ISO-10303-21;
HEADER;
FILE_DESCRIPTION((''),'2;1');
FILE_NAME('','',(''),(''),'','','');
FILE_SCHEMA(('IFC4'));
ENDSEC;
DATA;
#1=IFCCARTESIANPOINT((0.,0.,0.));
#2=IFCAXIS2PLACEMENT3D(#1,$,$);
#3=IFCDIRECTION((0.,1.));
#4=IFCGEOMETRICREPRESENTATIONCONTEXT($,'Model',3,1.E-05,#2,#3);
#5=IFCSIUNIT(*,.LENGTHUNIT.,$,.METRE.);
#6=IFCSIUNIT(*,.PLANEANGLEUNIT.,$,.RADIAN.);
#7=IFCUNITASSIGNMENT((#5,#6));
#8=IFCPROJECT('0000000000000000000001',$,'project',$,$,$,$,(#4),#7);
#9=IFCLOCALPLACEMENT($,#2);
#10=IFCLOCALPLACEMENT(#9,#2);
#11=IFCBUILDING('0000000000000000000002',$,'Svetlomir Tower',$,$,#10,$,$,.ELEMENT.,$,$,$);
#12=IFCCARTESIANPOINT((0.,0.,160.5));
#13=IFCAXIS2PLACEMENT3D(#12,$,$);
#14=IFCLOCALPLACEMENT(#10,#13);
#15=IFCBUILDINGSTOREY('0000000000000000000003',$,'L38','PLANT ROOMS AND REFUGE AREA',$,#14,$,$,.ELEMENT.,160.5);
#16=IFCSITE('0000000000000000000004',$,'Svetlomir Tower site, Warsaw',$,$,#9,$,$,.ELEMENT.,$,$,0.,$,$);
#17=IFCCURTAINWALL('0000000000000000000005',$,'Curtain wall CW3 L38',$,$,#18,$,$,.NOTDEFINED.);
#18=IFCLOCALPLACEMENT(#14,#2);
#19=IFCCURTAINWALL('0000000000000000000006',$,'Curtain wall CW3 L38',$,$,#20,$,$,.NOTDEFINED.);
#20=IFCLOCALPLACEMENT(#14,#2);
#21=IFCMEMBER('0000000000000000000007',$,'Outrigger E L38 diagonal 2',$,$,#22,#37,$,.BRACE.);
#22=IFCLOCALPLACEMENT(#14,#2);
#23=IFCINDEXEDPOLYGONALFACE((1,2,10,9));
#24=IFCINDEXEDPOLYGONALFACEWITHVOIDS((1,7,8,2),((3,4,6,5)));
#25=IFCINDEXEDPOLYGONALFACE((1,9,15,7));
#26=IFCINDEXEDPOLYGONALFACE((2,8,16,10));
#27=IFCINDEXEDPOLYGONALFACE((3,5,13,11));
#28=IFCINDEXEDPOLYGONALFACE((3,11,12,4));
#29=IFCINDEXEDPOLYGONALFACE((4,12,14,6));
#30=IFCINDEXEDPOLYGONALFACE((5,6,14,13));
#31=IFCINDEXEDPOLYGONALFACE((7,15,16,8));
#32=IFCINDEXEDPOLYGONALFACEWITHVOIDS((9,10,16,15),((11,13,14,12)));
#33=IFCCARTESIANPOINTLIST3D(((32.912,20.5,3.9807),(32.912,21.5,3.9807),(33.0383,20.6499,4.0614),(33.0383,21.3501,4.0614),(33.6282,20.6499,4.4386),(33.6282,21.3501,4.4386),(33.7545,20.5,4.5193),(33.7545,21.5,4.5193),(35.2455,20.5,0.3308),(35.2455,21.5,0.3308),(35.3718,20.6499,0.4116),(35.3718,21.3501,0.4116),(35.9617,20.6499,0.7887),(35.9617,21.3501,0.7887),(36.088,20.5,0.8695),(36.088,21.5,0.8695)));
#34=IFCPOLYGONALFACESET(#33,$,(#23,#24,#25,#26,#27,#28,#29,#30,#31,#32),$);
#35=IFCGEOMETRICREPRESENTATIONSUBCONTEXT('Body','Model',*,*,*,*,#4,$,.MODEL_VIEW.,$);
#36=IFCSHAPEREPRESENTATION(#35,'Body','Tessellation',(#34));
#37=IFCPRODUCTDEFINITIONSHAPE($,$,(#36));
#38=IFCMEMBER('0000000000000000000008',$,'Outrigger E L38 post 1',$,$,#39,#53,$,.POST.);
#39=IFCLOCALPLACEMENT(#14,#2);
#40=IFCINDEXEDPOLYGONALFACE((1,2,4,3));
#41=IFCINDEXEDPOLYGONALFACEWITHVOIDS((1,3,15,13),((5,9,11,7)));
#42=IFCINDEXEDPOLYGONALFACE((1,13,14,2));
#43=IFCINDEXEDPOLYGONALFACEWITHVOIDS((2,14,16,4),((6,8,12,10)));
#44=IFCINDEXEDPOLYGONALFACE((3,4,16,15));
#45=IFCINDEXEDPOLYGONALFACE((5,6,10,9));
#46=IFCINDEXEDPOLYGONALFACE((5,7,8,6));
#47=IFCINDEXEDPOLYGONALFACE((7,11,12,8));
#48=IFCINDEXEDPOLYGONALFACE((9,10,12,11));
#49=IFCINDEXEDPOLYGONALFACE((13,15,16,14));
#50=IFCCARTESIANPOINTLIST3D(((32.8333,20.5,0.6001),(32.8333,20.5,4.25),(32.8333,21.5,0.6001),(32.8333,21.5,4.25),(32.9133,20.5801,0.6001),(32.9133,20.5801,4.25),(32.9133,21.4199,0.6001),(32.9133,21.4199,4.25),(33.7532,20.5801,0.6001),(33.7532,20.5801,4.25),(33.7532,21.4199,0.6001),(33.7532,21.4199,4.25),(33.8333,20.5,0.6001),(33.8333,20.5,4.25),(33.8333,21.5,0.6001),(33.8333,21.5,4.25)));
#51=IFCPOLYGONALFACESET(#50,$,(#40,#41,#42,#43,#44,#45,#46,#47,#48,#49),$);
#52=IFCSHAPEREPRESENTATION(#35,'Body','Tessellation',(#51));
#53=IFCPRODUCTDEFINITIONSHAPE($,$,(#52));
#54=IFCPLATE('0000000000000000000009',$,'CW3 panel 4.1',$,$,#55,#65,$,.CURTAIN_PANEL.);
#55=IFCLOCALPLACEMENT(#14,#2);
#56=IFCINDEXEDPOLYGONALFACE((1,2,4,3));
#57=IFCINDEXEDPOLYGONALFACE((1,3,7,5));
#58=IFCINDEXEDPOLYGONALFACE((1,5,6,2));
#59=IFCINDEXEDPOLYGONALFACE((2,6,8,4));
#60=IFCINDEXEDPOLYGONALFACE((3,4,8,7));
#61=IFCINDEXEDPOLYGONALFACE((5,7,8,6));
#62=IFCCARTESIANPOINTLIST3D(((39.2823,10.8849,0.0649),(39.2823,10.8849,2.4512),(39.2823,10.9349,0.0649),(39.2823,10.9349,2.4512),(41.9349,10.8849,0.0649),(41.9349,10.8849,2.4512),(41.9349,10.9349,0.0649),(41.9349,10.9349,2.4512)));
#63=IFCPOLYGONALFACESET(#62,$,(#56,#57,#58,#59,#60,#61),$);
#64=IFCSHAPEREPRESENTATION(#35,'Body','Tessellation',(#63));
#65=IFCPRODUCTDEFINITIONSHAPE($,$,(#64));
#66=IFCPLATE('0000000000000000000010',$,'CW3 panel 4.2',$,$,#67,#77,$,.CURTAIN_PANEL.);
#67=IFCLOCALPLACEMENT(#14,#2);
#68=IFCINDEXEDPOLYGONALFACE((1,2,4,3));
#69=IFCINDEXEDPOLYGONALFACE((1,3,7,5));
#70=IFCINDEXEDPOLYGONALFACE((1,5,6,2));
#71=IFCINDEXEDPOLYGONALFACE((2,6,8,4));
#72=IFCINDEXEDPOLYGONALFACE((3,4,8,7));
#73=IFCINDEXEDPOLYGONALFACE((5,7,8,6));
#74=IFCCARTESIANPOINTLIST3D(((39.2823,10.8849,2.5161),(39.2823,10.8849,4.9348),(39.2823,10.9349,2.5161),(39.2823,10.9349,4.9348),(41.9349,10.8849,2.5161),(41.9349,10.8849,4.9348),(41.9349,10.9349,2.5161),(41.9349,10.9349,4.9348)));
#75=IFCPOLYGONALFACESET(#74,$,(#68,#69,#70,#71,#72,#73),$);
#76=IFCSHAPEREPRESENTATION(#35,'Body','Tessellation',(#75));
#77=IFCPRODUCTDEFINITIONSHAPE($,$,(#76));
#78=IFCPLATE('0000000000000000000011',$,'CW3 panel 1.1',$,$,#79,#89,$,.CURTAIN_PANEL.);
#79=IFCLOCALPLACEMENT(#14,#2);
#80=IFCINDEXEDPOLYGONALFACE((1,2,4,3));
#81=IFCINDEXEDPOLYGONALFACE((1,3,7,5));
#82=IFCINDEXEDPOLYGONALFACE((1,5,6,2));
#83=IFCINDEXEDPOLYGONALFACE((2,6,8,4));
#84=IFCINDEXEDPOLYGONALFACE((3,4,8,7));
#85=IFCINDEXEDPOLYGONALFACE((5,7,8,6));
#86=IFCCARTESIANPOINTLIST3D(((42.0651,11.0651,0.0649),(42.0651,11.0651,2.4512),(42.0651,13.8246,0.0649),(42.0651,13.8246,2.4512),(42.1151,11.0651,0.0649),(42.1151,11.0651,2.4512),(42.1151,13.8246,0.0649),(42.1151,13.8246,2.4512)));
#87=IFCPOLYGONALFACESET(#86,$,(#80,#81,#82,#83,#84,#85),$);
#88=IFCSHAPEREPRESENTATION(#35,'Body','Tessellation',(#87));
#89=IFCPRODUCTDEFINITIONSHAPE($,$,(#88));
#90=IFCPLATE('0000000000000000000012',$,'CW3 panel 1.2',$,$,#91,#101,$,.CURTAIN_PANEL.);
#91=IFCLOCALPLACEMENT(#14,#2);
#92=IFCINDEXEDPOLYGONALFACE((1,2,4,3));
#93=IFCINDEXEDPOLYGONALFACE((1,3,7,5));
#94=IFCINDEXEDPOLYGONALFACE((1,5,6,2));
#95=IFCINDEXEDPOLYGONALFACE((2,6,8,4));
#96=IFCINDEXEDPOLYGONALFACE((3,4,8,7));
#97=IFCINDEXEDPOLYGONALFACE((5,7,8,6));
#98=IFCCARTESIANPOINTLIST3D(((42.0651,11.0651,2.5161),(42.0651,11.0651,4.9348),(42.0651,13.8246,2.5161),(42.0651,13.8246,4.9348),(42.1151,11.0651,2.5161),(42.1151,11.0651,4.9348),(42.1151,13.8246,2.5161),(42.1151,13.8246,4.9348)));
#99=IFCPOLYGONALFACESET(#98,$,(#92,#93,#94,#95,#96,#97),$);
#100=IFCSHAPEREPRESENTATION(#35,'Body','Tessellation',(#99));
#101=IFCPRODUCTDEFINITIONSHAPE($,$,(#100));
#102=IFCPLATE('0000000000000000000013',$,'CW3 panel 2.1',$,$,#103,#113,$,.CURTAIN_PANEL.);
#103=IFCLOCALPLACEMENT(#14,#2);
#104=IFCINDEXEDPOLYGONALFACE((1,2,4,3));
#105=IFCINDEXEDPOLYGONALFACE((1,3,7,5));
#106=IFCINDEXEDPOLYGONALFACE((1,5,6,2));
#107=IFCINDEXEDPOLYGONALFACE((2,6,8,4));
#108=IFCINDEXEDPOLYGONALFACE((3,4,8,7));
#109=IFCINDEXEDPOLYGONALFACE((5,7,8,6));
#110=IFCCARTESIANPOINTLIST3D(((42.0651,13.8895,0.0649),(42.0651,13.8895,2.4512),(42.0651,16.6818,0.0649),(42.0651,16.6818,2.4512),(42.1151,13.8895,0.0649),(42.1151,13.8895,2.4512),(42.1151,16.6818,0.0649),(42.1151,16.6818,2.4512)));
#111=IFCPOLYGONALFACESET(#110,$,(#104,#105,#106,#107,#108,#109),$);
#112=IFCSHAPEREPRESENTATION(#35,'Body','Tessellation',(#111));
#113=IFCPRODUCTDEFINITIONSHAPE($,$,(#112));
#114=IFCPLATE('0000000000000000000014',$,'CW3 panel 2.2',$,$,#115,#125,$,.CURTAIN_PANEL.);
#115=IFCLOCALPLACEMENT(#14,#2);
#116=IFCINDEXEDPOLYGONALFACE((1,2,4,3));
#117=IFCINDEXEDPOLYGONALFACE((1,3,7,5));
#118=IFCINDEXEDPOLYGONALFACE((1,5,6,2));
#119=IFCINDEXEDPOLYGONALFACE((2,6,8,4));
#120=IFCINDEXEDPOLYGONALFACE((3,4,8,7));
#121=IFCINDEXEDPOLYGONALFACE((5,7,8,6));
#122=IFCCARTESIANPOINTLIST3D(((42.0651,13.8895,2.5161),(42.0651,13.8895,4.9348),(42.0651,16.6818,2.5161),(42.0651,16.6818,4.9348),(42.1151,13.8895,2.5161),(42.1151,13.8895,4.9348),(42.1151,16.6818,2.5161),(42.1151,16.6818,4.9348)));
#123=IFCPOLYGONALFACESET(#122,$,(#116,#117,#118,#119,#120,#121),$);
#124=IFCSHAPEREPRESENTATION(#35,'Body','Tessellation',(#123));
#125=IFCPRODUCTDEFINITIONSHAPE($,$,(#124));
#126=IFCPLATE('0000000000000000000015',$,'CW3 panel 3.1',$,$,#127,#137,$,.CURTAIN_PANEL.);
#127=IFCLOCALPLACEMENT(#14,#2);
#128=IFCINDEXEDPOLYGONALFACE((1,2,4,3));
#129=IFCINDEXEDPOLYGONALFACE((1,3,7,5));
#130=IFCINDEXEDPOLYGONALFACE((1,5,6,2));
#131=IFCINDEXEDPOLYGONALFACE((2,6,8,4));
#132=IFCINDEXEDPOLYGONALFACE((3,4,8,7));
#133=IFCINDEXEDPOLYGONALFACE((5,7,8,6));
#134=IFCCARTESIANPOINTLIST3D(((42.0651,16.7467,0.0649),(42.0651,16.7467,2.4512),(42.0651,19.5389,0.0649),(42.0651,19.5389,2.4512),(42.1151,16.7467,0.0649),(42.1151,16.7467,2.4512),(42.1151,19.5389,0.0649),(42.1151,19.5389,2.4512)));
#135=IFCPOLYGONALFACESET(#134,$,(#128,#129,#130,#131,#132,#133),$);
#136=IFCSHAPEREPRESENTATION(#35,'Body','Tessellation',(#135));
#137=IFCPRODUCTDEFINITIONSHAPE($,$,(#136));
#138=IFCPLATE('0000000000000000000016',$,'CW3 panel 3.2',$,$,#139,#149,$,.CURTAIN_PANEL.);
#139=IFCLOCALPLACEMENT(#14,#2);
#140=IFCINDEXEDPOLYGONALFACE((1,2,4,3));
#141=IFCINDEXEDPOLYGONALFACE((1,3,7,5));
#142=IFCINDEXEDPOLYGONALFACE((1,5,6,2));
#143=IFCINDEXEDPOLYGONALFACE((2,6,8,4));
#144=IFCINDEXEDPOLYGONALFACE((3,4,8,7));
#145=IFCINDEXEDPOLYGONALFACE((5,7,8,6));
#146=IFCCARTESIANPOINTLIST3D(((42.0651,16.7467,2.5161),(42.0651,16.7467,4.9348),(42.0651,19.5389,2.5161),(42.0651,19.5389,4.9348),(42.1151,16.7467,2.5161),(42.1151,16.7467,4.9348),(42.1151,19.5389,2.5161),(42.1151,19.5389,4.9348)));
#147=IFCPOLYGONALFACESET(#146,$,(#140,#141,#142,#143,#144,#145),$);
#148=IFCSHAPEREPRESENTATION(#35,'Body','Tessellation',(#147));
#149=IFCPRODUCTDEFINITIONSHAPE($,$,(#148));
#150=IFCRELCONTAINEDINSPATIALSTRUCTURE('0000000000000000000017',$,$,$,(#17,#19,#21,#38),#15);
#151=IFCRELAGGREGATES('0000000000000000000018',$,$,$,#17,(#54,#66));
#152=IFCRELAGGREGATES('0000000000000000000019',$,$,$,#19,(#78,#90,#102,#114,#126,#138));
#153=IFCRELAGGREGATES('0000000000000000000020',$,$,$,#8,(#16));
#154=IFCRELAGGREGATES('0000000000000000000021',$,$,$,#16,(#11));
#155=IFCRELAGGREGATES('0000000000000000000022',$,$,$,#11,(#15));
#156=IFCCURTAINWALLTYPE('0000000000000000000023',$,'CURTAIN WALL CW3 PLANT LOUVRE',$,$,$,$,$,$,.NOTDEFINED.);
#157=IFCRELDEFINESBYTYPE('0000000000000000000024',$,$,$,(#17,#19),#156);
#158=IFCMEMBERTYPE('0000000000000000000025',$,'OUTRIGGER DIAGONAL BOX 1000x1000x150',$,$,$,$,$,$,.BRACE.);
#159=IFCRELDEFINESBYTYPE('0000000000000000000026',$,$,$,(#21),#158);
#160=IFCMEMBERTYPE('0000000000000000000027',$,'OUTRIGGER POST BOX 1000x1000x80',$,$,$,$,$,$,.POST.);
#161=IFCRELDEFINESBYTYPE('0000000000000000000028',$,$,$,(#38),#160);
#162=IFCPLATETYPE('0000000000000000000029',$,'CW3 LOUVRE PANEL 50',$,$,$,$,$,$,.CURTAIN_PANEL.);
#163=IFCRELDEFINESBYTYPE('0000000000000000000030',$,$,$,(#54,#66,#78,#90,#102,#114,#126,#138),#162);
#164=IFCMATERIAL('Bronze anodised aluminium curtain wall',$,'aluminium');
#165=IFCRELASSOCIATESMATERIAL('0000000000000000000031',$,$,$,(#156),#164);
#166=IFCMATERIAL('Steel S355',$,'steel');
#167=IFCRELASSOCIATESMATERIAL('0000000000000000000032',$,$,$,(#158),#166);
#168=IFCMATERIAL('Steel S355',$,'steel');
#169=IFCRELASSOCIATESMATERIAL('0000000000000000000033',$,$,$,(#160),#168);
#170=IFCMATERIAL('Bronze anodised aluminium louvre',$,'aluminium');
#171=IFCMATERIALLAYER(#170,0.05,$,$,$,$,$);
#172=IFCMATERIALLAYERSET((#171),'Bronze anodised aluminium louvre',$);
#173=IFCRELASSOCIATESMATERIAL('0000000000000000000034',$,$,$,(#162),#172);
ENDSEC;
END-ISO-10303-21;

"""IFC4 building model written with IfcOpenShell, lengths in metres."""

from ifc_helpers import new_model, si_unit, direction, frame, origin, origin_2d, place, context, subcontext, project, spatial, rectangle, hollow_rectangle, extrude, material, layer, layer_set, material_profile, profile_set, type_object, element, aggregate, save


model = new_model("IFC4")

# Units and contexts
model_context = context("Model", 3, precision=1e-05, world=origin(), true_north=direction((0.0, 1.0)))
body_context = subcontext(model_context, "Body", "Model", "MODEL_VIEW")
ifc_project = project(units=[si_unit("LENGTHUNIT", "METRE"), si_unit("PLANEANGLEUNIT", "RADIAN")], contexts=[model_context])

# Site, building, storey
site_placement = place(None, origin())
site = spatial("IfcSite", under=ifc_project, at=site_placement, Name="Svetlomir Tower site, Warsaw", CompositionType="ELEMENT", RefElevation=0.0)
building_placement = place(site_placement, origin())
building = spatial("IfcBuilding", under=site, at=building_placement, Name="Svetlomir Tower", CompositionType="ELEMENT")
storey_placement = place(building_placement, frame((0.0, 0.0, 160.5)))
storey = spatial("IfcBuildingStorey", under=building, at=storey_placement, Name="L38", Description="PLANT ROOMS AND REFUGE AREA", CompositionType="ELEMENT", Elevation=160.5)

# Curtain wall
ifc_material_1 = material(Name="Bronze anodised aluminium curtain wall", Category="aluminium")
curtain_wall_type = type_object("IfcCurtainWallType", Name="CURTAIN WALL CW3 PLANT LOUVRE", PredefinedType="NOTDEFINED", material=ifc_material_1)
curtain_wall_1_placement = place(storey_placement, origin())
curtain_wall_1 = element("IfcCurtainWall", 1, at=curtain_wall_1_placement, inside=storey, type_object=curtain_wall_type, Name="Curtain wall CW3 L38", PredefinedType="NOTDEFINED")

# Curtain wall
curtain_wall_2_placement = place(storey_placement, origin())
curtain_wall_2 = element("IfcCurtainWall", 2, at=curtain_wall_2_placement, inside=storey, type_object=curtain_wall_type, Name="Curtain wall CW3 L38", PredefinedType="NOTDEFINED")

# Members
ifc_material_2 = material(Name="Steel S355", Category="steel")
ifc_material_profile_1 = material_profile(ifc_material_2, hollow_rectangle(XDim=1.0, YDim=1.0, WallThickness=0.1499, at=origin_2d()), Name="BOX 1000x1000x150")
ifc_profile_set_1 = profile_set([ifc_material_profile_1], Name="Steel S355")
member_type_1 = type_object("IfcMemberType", Name="OUTRIGGER DIAGONAL BOX 1000x1000x150", PredefinedType="BRACE", material=ifc_profile_set_1)
member_1_placement = place(storey_placement, frame((33.3333, 21.0, 4.25), z_axis=(0.538654, 0.0, -0.842527), x_axis=(0.0, 1.0, 0.0)))
element("IfcMember", 3, at=member_1_placement, inside=storey, type_object=member_type_1, Name="Outrigger E L38 diagonal 2", PredefinedType="BRACE", context=body_context, shape_type="SweptSolid", body=[
    extrude(hollow_rectangle(XDim=1.0, YDim=1.0, WallThickness=0.1499, at=origin_2d()), origin(), (0.0, 0.0, 1.0), 4.332),
])
ifc_material_3 = material(Name="Steel S355", Category="steel")
ifc_material_profile_2 = material_profile(ifc_material_3, hollow_rectangle(XDim=1.0, YDim=1.0, WallThickness=0.0801, at=origin_2d()), Name="BOX 1000x1000x80")
ifc_profile_set_2 = profile_set([ifc_material_profile_2], Name="Steel S355")
member_type_2 = type_object("IfcMemberType", Name="OUTRIGGER POST BOX 1000x1000x80", PredefinedType="POST", material=ifc_profile_set_2)
member_2_placement = place(storey_placement, frame((33.3333, 21.0, 0.6001), z_axis=(0.0, 0.0, 1.0), x_axis=(1.0, 0.0, 0.0)))
element("IfcMember", 4, at=member_2_placement, inside=storey, type_object=member_type_2, Name="Outrigger E L38 post 1", PredefinedType="POST", context=body_context, shape_type="SweptSolid", body=[
    extrude(hollow_rectangle(XDim=1.0, YDim=1.0, WallThickness=0.0801, at=origin_2d()), origin(), (0.0, 0.0, 1.0), 3.6499),
])

# Plates
ifc_material_4 = material(Name="Bronze anodised aluminium louvre", Category="aluminium")
ifc_layer = layer(ifc_material_4, 0.05)
ifc_layer_set = layer_set([ifc_layer], Name="Bronze anodised aluminium louvre")
plate_type = type_object("IfcPlateType", Name="CW3 LOUVRE PANEL 50", PredefinedType="CURTAIN_PANEL", material=ifc_layer_set)
plate_1_placement = place(storey_placement, frame((40.6086, 10.9099, 0.0649), z_axis=(0.0, 0.0, 1.0), x_axis=(1.0, 0.0, 0.0)))
plate_1 = element("IfcPlate", 5, at=plate_1_placement, type_object=plate_type, Name="CW3 panel 4.1", PredefinedType="CURTAIN_PANEL", context=body_context, shape_type="SweptSolid", body=[
    extrude(rectangle(XDim=2.6526, YDim=0.05, at=origin_2d()), origin(), (0.0, 0.0, 1.0), 2.3862),
])
plate_2_placement = place(storey_placement, frame((40.6086, 10.9099, 2.5161), z_axis=(0.0, 0.0, 1.0), x_axis=(1.0, 0.0, 0.0)))
plate_2 = element("IfcPlate", 6, at=plate_2_placement, type_object=plate_type, Name="CW3 panel 4.2", PredefinedType="CURTAIN_PANEL", context=body_context, shape_type="SweptSolid", body=[
    extrude(rectangle(XDim=2.6526, YDim=0.05, at=origin_2d()), origin(), (0.0, 0.0, 1.0), 2.4187),
])
aggregate(curtain_wall_1, [plate_1, plate_2])
plate_3_placement = place(storey_placement, frame((42.0901, 12.4448, 0.0649), z_axis=(0.0, 0.0, 1.0), x_axis=(0.0, 1.0, 0.0)))
plate_3 = element("IfcPlate", 7, at=plate_3_placement, type_object=plate_type, Name="CW3 panel 1.1", PredefinedType="CURTAIN_PANEL", context=body_context, shape_type="SweptSolid", body=[
    extrude(rectangle(XDim=2.7595, YDim=0.05, at=origin_2d()), origin(), (0.0, 0.0, 1.0), 2.3862),
])
plate_4_placement = place(storey_placement, frame((42.0901, 12.4448, 2.5161), z_axis=(0.0, 0.0, 1.0), x_axis=(0.0, 1.0, 0.0)))
plate_4 = element("IfcPlate", 8, at=plate_4_placement, type_object=plate_type, Name="CW3 panel 1.2", PredefinedType="CURTAIN_PANEL", context=body_context, shape_type="SweptSolid", body=[
    extrude(rectangle(XDim=2.7595, YDim=0.05, at=origin_2d()), origin(), (0.0, 0.0, 1.0), 2.4187),
])
plate_5_placement = place(storey_placement, frame((42.0901, 15.2856, 0.0649), z_axis=(0.0, 0.0, 1.0), x_axis=(0.0, 1.0, 0.0)))
plate_5 = element("IfcPlate", 9, at=plate_5_placement, type_object=plate_type, Name="CW3 panel 2.1", PredefinedType="CURTAIN_PANEL", context=body_context, shape_type="SweptSolid", body=[
    extrude(rectangle(XDim=2.7922, YDim=0.05, at=origin_2d()), origin(), (0.0, 0.0, 1.0), 2.3862),
])
plate_6_placement = place(storey_placement, frame((42.0901, 15.2856, 2.5161), z_axis=(0.0, 0.0, 1.0), x_axis=(0.0, 1.0, 0.0)))
plate_6 = element("IfcPlate", 10, at=plate_6_placement, type_object=plate_type, Name="CW3 panel 2.2", PredefinedType="CURTAIN_PANEL", context=body_context, shape_type="SweptSolid", body=[
    extrude(rectangle(XDim=2.7922, YDim=0.05, at=origin_2d()), origin(), (0.0, 0.0, 1.0), 2.4187),
])
plate_7_placement = place(storey_placement, frame((42.0901, 18.1428, 0.0649), z_axis=(0.0, 0.0, 1.0), x_axis=(0.0, 1.0, 0.0)))
plate_7 = element("IfcPlate", 11, at=plate_7_placement, type_object=plate_type, Name="CW3 panel 3.1", PredefinedType="CURTAIN_PANEL", context=body_context, shape_type="SweptSolid", body=[
    extrude(rectangle(XDim=2.7922, YDim=0.05, at=origin_2d()), origin(), (0.0, 0.0, 1.0), 2.3862),
])
plate_8_placement = place(storey_placement, frame((42.0901, 18.1428, 2.5161), z_axis=(0.0, 0.0, 1.0), x_axis=(0.0, 1.0, 0.0)))
plate_8 = element("IfcPlate", 12, at=plate_8_placement, type_object=plate_type, Name="CW3 panel 3.2", PredefinedType="CURTAIN_PANEL", context=body_context, shape_type="SweptSolid", body=[
    extrude(rectangle(XDim=2.7922, YDim=0.05, at=origin_2d()), origin(), (0.0, 0.0, 1.0), 2.4187),
])
aggregate(curtain_wall_2, [plate_3, plate_4, plate_5, plate_6, plate_7, plate_8])

save(model, "model.ifc")
